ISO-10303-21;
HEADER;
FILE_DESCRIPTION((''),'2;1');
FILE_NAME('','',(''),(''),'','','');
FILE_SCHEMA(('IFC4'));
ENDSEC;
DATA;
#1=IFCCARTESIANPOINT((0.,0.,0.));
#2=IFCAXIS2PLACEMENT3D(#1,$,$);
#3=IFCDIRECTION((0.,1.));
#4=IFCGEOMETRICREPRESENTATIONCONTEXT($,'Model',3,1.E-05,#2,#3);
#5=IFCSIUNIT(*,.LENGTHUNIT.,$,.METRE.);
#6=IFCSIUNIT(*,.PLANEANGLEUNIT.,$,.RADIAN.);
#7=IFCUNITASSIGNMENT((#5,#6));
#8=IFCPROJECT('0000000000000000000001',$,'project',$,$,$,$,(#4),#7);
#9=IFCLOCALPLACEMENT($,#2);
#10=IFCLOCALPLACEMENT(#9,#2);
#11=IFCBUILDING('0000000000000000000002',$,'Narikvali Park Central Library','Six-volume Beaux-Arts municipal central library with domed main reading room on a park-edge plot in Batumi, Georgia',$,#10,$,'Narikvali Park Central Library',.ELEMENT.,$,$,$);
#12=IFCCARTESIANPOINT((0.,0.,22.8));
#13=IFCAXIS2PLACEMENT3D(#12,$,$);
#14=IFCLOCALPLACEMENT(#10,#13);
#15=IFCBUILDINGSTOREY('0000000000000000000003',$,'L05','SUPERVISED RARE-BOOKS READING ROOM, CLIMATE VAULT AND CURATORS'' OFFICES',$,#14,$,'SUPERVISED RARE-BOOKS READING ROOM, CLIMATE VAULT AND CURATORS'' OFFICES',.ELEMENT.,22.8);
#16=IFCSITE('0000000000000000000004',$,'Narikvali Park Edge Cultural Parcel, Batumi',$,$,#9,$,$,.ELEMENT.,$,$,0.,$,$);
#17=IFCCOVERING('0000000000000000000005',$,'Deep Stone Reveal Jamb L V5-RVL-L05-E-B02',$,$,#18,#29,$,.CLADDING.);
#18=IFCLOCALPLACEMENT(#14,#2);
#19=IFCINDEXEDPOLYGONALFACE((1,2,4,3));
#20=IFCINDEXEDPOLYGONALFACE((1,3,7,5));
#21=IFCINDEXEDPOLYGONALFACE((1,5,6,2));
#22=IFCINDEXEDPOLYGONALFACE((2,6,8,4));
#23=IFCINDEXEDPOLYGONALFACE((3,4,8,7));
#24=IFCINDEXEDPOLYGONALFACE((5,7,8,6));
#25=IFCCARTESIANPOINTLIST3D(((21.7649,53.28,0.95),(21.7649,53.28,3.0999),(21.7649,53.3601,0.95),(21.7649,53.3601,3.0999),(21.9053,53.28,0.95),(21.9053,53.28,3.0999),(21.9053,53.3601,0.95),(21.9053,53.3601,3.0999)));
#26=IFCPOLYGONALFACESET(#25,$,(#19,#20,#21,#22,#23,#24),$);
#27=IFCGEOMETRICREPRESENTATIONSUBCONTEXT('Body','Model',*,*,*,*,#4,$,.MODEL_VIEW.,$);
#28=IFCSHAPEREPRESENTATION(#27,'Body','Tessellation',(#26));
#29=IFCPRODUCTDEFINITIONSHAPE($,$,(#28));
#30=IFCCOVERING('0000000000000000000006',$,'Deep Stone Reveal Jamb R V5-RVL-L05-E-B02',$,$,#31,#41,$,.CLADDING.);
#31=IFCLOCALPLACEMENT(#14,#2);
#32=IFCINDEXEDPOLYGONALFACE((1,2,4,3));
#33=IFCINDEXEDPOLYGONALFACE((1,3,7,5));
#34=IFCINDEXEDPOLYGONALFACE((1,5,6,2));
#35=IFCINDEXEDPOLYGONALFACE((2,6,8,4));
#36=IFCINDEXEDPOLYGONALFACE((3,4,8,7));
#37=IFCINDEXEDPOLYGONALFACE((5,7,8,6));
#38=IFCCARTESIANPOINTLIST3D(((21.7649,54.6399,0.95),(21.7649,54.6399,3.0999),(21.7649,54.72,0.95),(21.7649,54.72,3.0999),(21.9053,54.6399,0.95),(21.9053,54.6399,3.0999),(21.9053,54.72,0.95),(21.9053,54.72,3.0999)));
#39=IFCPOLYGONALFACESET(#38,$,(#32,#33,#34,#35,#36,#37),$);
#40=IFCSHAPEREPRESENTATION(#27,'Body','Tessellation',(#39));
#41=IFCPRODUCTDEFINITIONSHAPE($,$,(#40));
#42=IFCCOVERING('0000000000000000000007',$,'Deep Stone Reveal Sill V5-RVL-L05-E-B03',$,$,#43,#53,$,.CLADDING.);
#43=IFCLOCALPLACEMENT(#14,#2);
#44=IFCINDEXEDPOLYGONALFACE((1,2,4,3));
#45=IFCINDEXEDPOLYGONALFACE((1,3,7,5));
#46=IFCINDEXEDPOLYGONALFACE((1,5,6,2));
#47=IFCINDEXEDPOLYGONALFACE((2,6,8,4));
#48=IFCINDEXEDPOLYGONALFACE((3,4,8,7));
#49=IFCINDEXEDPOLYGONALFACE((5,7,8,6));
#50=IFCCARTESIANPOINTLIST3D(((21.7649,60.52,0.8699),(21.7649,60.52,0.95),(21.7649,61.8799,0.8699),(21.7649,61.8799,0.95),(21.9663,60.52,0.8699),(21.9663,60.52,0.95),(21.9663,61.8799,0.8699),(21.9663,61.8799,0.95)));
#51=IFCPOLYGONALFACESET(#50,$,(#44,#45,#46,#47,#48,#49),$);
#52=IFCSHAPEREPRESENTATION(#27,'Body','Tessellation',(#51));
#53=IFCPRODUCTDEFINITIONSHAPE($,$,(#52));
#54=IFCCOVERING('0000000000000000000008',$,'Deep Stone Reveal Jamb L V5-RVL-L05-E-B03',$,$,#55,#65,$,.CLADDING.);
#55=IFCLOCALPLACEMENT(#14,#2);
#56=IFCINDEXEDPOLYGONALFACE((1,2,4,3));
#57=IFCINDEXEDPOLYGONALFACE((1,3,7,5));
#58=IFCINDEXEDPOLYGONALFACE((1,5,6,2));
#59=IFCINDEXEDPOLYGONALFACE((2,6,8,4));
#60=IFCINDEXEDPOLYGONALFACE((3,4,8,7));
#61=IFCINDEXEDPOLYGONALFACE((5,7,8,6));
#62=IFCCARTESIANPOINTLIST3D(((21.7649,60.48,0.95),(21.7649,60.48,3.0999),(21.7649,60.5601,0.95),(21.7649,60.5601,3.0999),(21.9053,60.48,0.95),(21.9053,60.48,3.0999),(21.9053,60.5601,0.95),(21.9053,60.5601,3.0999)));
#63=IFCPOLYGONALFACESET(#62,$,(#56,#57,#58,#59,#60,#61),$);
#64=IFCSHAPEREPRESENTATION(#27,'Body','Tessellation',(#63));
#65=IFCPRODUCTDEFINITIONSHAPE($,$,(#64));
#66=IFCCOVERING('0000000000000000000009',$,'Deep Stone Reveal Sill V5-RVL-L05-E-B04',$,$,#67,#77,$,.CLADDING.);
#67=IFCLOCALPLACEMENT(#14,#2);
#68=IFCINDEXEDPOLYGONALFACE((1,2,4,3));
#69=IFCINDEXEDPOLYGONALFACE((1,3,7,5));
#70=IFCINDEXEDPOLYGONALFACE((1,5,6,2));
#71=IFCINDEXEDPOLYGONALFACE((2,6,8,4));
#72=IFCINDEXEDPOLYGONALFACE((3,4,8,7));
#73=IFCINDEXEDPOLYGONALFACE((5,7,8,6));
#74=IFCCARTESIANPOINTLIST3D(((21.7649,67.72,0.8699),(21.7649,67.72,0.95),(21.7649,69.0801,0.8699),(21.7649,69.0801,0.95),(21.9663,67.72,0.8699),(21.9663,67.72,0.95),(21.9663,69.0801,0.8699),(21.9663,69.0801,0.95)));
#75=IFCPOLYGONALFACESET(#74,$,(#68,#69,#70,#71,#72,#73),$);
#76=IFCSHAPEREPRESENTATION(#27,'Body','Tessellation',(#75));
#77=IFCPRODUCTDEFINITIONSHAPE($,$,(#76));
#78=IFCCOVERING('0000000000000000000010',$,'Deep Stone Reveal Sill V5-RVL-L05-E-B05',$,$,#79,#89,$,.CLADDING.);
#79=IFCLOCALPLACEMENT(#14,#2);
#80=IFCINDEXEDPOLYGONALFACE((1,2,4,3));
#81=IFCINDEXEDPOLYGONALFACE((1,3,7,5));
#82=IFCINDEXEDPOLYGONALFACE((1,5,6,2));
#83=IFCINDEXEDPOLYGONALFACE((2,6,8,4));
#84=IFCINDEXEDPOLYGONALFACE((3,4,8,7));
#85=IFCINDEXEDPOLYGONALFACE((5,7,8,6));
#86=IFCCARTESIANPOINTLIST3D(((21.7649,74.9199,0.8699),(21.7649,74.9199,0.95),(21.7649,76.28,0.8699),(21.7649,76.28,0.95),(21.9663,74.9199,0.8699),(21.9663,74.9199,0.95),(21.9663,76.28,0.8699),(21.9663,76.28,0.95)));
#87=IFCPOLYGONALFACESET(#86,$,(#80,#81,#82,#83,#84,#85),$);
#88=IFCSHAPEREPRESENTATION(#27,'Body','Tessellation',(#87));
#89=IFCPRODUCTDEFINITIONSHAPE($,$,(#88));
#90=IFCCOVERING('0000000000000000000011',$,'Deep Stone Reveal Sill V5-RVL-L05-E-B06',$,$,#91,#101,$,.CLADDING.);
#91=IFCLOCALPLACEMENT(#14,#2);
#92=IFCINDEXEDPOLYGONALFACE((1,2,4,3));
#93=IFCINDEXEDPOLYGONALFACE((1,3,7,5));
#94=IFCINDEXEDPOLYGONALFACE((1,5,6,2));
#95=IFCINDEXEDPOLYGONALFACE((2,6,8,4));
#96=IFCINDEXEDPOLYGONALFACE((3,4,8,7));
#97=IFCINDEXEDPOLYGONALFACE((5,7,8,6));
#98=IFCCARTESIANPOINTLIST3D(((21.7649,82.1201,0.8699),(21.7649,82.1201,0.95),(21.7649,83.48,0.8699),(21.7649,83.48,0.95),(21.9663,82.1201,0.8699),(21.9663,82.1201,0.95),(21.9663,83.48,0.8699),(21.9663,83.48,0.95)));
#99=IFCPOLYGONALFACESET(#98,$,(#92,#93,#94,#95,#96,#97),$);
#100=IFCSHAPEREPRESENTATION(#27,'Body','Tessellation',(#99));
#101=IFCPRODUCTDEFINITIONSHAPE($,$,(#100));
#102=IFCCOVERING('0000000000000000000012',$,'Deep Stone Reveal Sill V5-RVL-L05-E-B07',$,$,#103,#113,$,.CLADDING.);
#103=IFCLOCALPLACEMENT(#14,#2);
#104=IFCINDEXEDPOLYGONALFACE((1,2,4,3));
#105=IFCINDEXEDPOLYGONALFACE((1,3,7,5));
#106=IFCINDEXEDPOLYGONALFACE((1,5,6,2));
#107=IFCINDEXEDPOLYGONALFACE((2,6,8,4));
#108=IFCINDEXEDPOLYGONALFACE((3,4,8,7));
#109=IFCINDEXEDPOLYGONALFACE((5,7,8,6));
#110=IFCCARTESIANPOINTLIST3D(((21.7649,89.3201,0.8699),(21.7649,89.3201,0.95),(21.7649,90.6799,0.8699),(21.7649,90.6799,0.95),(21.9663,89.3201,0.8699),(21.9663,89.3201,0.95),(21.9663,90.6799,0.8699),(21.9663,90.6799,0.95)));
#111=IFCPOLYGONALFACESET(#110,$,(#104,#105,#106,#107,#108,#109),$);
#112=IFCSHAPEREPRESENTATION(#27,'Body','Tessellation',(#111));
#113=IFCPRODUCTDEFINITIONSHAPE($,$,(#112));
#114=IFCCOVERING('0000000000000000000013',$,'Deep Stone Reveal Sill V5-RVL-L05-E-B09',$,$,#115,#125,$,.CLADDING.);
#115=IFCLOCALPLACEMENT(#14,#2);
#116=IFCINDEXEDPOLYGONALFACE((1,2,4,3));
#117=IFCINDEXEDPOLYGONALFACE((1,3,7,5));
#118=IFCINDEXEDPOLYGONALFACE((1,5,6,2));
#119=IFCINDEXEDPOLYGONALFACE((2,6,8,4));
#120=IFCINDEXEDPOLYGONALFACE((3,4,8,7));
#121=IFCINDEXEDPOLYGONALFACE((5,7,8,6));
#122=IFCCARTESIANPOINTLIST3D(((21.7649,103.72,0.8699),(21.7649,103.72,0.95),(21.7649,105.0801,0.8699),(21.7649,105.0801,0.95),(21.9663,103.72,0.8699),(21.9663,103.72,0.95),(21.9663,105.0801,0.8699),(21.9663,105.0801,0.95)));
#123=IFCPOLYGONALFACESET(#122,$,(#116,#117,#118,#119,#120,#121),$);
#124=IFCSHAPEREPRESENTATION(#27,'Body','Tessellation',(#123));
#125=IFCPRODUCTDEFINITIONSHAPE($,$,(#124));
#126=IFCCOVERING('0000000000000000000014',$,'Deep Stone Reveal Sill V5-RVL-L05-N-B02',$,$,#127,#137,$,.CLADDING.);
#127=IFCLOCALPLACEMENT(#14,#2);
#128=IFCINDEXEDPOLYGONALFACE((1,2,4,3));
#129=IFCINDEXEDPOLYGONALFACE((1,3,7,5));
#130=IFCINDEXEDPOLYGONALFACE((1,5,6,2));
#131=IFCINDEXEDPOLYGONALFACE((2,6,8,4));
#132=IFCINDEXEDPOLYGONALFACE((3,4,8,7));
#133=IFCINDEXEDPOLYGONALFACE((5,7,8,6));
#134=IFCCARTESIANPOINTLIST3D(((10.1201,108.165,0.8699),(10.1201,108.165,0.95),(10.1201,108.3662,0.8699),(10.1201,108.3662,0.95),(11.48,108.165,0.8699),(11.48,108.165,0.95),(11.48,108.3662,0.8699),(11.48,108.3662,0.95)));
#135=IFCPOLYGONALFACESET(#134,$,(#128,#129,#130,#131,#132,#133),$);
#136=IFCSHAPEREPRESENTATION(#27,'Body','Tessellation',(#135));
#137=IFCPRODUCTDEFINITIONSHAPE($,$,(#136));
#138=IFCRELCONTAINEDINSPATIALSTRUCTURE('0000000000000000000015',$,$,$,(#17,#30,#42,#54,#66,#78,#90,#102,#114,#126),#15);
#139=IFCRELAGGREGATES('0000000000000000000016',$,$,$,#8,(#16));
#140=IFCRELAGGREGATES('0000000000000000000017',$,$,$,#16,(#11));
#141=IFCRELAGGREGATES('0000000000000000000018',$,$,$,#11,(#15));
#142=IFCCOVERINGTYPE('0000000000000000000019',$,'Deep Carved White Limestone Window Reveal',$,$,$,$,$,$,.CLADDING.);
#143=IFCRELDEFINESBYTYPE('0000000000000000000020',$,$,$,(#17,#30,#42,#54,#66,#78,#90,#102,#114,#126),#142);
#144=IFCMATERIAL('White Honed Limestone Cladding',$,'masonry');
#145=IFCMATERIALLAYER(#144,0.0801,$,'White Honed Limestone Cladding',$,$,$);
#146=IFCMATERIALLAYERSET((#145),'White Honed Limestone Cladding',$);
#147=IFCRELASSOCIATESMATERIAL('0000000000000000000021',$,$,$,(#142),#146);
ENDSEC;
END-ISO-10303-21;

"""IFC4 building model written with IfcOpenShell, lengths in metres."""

from ifc_helpers import new_model, si_unit, direction, frame, origin, place, context, subcontext, project, spatial, polyline, outline, extrude, material, layer, layer_set, type_object, element, save


model = new_model("IFC4")

# Units and contexts
model_context = context("Model", 3, precision=1e-05, world=origin(), true_north=direction((0.0, 1.0)))
body_context = subcontext(model_context, "Body", "Model", "MODEL_VIEW")
ifc_project = project(units=[si_unit("LENGTHUNIT", "METRE"), si_unit("PLANEANGLEUNIT", "RADIAN")], contexts=[model_context])

# Site, building, storey
site_placement = place(None, origin())
site = spatial("IfcSite", under=ifc_project, at=site_placement, Name="Narikvali Park Edge Cultural Parcel, Batumi", CompositionType="ELEMENT", RefElevation=0.0)
building_placement = place(site_placement, origin())
building = spatial("IfcBuilding", under=site, at=building_placement, Name="Narikvali Park Central Library", Description="Six-volume Beaux-Arts municipal central library with domed main reading room on a park-edge plot in Batumi, Georgia", LongName="Narikvali Park Central Library", CompositionType="ELEMENT")
storey_placement = place(building_placement, frame((0.0, 0.0, 22.8)))
storey = spatial("IfcBuildingStorey", under=building, at=storey_placement, Name="L05", Description="SUPERVISED RARE-BOOKS READING ROOM, CLIMATE VAULT AND CURATORS' OFFICES", LongName="SUPERVISED RARE-BOOKS READING ROOM, CLIMATE VAULT AND CURATORS' OFFICES", CompositionType="ELEMENT", Elevation=22.8)

# Coverings
ifc_material_1 = material(Name="White Honed Limestone Cladding", Category="masonry")
ifc_layer_1 = layer(ifc_material_1, 0.0801, Name="White Honed Limestone Cladding")
ifc_layer_set_1 = layer_set([ifc_layer_1], Name="White Honed Limestone Cladding")
covering_type = type_object("IfcCoveringType", Name="Deep Carved White Limestone Window Reveal", PredefinedType="CLADDING", material=ifc_layer_set_1)
covering_1_placement = place(storey_placement, frame((0.0, 0.0, 0.95)))
element("IfcCovering", 1, at=covering_1_placement, inside=storey, type_object=covering_type, Name="Deep Stone Reveal Jamb L V5-RVL-L05-E-B02", PredefinedType="CLADDING", context=body_context, shape_type="SweptSolid", body=[
    extrude(outline(polyline([(21.7649, 53.28), (21.7649, 53.3601), (21.9053, 53.3601), (21.9053, 53.28), (21.7649, 53.28)])), origin(), (0.0, 0.0, 1.0), 2.1499),
])
covering_2_placement = place(storey_placement, frame((0.0, 0.0, 0.95)))
element("IfcCovering", 2, at=covering_2_placement, inside=storey, type_object=covering_type, Name="Deep Stone Reveal Jamb R V5-RVL-L05-E-B02", PredefinedType="CLADDING", context=body_context, shape_type="SweptSolid", body=[
    extrude(outline(polyline([(21.7649, 54.6399), (21.7649, 54.72), (21.9053, 54.72), (21.9053, 54.6399), (21.7649, 54.6399)])), origin(), (0.0, 0.0, 1.0), 2.1499),
])
covering_3_placement = place(storey_placement, frame((0.0, 0.0, 0.8699)))
element("IfcCovering", 3, at=covering_3_placement, inside=storey, type_object=covering_type, Name="Deep Stone Reveal Sill V5-RVL-L05-E-B03", PredefinedType="CLADDING", context=body_context, shape_type="SweptSolid", body=[
    extrude(outline(polyline([(21.7649, 60.52), (21.7649, 61.8799), (21.9663, 61.8799), (21.9663, 60.52), (21.7649, 60.52)])), origin(), (0.0, 0.0, 1.0), 0.0801),
])
covering_4_placement = place(storey_placement, frame((0.0, 0.0, 0.95)))
element("IfcCovering", 4, at=covering_4_placement, inside=storey, type_object=covering_type, Name="Deep Stone Reveal Jamb L V5-RVL-L05-E-B03", PredefinedType="CLADDING", context=body_context, shape_type="SweptSolid", body=[
    extrude(outline(polyline([(21.7649, 60.48), (21.7649, 60.5601), (21.9053, 60.5601), (21.9053, 60.48), (21.7649, 60.48)])), origin(), (0.0, 0.0, 1.0), 2.1499),
])
covering_5_placement = place(storey_placement, frame((0.0, 0.0, 0.8699)))
element("IfcCovering", 5, at=covering_5_placement, inside=storey, type_object=covering_type, Name="Deep Stone Reveal Sill V5-RVL-L05-E-B04", PredefinedType="CLADDING", context=body_context, shape_type="SweptSolid", body=[
    extrude(outline(polyline([(21.7649, 67.72), (21.7649, 69.0801), (21.9663, 69.0801), (21.9663, 67.72), (21.7649, 67.72)])), origin(), (0.0, 0.0, 1.0), 0.0801),
])
covering_6_placement = place(storey_placement, frame((0.0, 0.0, 0.8699)))
element("IfcCovering", 6, at=covering_6_placement, inside=storey, type_object=covering_type, Name="Deep Stone Reveal Sill V5-RVL-L05-E-B05", PredefinedType="CLADDING", context=body_context, shape_type="SweptSolid", body=[
    extrude(outline(polyline([(21.7649, 74.9199), (21.7649, 76.28), (21.9663, 76.28), (21.9663, 74.9199), (21.7649, 74.9199)])), origin(), (0.0, 0.0, 1.0), 0.0801),
])
covering_7_placement = place(storey_placement, frame((0.0, 0.0, 0.8699)))
element("IfcCovering", 7, at=covering_7_placement, inside=storey, type_object=covering_type, Name="Deep Stone Reveal Sill V5-RVL-L05-E-B06", PredefinedType="CLADDING", context=body_context, shape_type="SweptSolid", body=[
    extrude(outline(polyline([(21.7649, 82.1201), (21.7649, 83.48), (21.9663, 83.48), (21.9663, 82.1201), (21.7649, 82.1201)])), origin(), (0.0, 0.0, 1.0), 0.0801),
])
covering_8_placement = place(storey_placement, frame((0.0, 0.0, 0.8699)))
element("IfcCovering", 8, at=covering_8_placement, inside=storey, type_object=covering_type, Name="Deep Stone Reveal Sill V5-RVL-L05-E-B07", PredefinedType="CLADDING", context=body_context, shape_type="SweptSolid", body=[
    extrude(outline(polyline([(21.7649, 89.3201), (21.7649, 90.6799), (21.9663, 90.6799), (21.9663, 89.3201), (21.7649, 89.3201)])), origin(), (0.0, 0.0, 1.0), 0.0801),
])
covering_9_placement = place(storey_placement, frame((0.0, 0.0, 0.8699)))
element("IfcCovering", 9, at=covering_9_placement, inside=storey, type_object=covering_type, Name="Deep Stone Reveal Sill V5-RVL-L05-E-B09", PredefinedType="CLADDING", context=body_context, shape_type="SweptSolid", body=[
    extrude(outline(polyline([(21.7649, 103.72), (21.7649, 105.0801), (21.9663, 105.0801), (21.9663, 103.72), (21.7649, 103.72)])), origin(), (0.0, 0.0, 1.0), 0.0801),
])
covering_10_placement = place(storey_placement, frame((0.0, 0.0, 0.8699)))
element("IfcCovering", 10, at=covering_10_placement, inside=storey, type_object=covering_type, Name="Deep Stone Reveal Sill V5-RVL-L05-N-B02", PredefinedType="CLADDING", context=body_context, shape_type="SweptSolid", body=[
    extrude(outline(polyline([(11.48, 108.165), (10.1201, 108.165), (10.1201, 108.3662), (11.48, 108.3662), (11.48, 108.165)])), origin(), (0.0, 0.0, 1.0), 0.0801),
])

save(model, "model.ifc")
